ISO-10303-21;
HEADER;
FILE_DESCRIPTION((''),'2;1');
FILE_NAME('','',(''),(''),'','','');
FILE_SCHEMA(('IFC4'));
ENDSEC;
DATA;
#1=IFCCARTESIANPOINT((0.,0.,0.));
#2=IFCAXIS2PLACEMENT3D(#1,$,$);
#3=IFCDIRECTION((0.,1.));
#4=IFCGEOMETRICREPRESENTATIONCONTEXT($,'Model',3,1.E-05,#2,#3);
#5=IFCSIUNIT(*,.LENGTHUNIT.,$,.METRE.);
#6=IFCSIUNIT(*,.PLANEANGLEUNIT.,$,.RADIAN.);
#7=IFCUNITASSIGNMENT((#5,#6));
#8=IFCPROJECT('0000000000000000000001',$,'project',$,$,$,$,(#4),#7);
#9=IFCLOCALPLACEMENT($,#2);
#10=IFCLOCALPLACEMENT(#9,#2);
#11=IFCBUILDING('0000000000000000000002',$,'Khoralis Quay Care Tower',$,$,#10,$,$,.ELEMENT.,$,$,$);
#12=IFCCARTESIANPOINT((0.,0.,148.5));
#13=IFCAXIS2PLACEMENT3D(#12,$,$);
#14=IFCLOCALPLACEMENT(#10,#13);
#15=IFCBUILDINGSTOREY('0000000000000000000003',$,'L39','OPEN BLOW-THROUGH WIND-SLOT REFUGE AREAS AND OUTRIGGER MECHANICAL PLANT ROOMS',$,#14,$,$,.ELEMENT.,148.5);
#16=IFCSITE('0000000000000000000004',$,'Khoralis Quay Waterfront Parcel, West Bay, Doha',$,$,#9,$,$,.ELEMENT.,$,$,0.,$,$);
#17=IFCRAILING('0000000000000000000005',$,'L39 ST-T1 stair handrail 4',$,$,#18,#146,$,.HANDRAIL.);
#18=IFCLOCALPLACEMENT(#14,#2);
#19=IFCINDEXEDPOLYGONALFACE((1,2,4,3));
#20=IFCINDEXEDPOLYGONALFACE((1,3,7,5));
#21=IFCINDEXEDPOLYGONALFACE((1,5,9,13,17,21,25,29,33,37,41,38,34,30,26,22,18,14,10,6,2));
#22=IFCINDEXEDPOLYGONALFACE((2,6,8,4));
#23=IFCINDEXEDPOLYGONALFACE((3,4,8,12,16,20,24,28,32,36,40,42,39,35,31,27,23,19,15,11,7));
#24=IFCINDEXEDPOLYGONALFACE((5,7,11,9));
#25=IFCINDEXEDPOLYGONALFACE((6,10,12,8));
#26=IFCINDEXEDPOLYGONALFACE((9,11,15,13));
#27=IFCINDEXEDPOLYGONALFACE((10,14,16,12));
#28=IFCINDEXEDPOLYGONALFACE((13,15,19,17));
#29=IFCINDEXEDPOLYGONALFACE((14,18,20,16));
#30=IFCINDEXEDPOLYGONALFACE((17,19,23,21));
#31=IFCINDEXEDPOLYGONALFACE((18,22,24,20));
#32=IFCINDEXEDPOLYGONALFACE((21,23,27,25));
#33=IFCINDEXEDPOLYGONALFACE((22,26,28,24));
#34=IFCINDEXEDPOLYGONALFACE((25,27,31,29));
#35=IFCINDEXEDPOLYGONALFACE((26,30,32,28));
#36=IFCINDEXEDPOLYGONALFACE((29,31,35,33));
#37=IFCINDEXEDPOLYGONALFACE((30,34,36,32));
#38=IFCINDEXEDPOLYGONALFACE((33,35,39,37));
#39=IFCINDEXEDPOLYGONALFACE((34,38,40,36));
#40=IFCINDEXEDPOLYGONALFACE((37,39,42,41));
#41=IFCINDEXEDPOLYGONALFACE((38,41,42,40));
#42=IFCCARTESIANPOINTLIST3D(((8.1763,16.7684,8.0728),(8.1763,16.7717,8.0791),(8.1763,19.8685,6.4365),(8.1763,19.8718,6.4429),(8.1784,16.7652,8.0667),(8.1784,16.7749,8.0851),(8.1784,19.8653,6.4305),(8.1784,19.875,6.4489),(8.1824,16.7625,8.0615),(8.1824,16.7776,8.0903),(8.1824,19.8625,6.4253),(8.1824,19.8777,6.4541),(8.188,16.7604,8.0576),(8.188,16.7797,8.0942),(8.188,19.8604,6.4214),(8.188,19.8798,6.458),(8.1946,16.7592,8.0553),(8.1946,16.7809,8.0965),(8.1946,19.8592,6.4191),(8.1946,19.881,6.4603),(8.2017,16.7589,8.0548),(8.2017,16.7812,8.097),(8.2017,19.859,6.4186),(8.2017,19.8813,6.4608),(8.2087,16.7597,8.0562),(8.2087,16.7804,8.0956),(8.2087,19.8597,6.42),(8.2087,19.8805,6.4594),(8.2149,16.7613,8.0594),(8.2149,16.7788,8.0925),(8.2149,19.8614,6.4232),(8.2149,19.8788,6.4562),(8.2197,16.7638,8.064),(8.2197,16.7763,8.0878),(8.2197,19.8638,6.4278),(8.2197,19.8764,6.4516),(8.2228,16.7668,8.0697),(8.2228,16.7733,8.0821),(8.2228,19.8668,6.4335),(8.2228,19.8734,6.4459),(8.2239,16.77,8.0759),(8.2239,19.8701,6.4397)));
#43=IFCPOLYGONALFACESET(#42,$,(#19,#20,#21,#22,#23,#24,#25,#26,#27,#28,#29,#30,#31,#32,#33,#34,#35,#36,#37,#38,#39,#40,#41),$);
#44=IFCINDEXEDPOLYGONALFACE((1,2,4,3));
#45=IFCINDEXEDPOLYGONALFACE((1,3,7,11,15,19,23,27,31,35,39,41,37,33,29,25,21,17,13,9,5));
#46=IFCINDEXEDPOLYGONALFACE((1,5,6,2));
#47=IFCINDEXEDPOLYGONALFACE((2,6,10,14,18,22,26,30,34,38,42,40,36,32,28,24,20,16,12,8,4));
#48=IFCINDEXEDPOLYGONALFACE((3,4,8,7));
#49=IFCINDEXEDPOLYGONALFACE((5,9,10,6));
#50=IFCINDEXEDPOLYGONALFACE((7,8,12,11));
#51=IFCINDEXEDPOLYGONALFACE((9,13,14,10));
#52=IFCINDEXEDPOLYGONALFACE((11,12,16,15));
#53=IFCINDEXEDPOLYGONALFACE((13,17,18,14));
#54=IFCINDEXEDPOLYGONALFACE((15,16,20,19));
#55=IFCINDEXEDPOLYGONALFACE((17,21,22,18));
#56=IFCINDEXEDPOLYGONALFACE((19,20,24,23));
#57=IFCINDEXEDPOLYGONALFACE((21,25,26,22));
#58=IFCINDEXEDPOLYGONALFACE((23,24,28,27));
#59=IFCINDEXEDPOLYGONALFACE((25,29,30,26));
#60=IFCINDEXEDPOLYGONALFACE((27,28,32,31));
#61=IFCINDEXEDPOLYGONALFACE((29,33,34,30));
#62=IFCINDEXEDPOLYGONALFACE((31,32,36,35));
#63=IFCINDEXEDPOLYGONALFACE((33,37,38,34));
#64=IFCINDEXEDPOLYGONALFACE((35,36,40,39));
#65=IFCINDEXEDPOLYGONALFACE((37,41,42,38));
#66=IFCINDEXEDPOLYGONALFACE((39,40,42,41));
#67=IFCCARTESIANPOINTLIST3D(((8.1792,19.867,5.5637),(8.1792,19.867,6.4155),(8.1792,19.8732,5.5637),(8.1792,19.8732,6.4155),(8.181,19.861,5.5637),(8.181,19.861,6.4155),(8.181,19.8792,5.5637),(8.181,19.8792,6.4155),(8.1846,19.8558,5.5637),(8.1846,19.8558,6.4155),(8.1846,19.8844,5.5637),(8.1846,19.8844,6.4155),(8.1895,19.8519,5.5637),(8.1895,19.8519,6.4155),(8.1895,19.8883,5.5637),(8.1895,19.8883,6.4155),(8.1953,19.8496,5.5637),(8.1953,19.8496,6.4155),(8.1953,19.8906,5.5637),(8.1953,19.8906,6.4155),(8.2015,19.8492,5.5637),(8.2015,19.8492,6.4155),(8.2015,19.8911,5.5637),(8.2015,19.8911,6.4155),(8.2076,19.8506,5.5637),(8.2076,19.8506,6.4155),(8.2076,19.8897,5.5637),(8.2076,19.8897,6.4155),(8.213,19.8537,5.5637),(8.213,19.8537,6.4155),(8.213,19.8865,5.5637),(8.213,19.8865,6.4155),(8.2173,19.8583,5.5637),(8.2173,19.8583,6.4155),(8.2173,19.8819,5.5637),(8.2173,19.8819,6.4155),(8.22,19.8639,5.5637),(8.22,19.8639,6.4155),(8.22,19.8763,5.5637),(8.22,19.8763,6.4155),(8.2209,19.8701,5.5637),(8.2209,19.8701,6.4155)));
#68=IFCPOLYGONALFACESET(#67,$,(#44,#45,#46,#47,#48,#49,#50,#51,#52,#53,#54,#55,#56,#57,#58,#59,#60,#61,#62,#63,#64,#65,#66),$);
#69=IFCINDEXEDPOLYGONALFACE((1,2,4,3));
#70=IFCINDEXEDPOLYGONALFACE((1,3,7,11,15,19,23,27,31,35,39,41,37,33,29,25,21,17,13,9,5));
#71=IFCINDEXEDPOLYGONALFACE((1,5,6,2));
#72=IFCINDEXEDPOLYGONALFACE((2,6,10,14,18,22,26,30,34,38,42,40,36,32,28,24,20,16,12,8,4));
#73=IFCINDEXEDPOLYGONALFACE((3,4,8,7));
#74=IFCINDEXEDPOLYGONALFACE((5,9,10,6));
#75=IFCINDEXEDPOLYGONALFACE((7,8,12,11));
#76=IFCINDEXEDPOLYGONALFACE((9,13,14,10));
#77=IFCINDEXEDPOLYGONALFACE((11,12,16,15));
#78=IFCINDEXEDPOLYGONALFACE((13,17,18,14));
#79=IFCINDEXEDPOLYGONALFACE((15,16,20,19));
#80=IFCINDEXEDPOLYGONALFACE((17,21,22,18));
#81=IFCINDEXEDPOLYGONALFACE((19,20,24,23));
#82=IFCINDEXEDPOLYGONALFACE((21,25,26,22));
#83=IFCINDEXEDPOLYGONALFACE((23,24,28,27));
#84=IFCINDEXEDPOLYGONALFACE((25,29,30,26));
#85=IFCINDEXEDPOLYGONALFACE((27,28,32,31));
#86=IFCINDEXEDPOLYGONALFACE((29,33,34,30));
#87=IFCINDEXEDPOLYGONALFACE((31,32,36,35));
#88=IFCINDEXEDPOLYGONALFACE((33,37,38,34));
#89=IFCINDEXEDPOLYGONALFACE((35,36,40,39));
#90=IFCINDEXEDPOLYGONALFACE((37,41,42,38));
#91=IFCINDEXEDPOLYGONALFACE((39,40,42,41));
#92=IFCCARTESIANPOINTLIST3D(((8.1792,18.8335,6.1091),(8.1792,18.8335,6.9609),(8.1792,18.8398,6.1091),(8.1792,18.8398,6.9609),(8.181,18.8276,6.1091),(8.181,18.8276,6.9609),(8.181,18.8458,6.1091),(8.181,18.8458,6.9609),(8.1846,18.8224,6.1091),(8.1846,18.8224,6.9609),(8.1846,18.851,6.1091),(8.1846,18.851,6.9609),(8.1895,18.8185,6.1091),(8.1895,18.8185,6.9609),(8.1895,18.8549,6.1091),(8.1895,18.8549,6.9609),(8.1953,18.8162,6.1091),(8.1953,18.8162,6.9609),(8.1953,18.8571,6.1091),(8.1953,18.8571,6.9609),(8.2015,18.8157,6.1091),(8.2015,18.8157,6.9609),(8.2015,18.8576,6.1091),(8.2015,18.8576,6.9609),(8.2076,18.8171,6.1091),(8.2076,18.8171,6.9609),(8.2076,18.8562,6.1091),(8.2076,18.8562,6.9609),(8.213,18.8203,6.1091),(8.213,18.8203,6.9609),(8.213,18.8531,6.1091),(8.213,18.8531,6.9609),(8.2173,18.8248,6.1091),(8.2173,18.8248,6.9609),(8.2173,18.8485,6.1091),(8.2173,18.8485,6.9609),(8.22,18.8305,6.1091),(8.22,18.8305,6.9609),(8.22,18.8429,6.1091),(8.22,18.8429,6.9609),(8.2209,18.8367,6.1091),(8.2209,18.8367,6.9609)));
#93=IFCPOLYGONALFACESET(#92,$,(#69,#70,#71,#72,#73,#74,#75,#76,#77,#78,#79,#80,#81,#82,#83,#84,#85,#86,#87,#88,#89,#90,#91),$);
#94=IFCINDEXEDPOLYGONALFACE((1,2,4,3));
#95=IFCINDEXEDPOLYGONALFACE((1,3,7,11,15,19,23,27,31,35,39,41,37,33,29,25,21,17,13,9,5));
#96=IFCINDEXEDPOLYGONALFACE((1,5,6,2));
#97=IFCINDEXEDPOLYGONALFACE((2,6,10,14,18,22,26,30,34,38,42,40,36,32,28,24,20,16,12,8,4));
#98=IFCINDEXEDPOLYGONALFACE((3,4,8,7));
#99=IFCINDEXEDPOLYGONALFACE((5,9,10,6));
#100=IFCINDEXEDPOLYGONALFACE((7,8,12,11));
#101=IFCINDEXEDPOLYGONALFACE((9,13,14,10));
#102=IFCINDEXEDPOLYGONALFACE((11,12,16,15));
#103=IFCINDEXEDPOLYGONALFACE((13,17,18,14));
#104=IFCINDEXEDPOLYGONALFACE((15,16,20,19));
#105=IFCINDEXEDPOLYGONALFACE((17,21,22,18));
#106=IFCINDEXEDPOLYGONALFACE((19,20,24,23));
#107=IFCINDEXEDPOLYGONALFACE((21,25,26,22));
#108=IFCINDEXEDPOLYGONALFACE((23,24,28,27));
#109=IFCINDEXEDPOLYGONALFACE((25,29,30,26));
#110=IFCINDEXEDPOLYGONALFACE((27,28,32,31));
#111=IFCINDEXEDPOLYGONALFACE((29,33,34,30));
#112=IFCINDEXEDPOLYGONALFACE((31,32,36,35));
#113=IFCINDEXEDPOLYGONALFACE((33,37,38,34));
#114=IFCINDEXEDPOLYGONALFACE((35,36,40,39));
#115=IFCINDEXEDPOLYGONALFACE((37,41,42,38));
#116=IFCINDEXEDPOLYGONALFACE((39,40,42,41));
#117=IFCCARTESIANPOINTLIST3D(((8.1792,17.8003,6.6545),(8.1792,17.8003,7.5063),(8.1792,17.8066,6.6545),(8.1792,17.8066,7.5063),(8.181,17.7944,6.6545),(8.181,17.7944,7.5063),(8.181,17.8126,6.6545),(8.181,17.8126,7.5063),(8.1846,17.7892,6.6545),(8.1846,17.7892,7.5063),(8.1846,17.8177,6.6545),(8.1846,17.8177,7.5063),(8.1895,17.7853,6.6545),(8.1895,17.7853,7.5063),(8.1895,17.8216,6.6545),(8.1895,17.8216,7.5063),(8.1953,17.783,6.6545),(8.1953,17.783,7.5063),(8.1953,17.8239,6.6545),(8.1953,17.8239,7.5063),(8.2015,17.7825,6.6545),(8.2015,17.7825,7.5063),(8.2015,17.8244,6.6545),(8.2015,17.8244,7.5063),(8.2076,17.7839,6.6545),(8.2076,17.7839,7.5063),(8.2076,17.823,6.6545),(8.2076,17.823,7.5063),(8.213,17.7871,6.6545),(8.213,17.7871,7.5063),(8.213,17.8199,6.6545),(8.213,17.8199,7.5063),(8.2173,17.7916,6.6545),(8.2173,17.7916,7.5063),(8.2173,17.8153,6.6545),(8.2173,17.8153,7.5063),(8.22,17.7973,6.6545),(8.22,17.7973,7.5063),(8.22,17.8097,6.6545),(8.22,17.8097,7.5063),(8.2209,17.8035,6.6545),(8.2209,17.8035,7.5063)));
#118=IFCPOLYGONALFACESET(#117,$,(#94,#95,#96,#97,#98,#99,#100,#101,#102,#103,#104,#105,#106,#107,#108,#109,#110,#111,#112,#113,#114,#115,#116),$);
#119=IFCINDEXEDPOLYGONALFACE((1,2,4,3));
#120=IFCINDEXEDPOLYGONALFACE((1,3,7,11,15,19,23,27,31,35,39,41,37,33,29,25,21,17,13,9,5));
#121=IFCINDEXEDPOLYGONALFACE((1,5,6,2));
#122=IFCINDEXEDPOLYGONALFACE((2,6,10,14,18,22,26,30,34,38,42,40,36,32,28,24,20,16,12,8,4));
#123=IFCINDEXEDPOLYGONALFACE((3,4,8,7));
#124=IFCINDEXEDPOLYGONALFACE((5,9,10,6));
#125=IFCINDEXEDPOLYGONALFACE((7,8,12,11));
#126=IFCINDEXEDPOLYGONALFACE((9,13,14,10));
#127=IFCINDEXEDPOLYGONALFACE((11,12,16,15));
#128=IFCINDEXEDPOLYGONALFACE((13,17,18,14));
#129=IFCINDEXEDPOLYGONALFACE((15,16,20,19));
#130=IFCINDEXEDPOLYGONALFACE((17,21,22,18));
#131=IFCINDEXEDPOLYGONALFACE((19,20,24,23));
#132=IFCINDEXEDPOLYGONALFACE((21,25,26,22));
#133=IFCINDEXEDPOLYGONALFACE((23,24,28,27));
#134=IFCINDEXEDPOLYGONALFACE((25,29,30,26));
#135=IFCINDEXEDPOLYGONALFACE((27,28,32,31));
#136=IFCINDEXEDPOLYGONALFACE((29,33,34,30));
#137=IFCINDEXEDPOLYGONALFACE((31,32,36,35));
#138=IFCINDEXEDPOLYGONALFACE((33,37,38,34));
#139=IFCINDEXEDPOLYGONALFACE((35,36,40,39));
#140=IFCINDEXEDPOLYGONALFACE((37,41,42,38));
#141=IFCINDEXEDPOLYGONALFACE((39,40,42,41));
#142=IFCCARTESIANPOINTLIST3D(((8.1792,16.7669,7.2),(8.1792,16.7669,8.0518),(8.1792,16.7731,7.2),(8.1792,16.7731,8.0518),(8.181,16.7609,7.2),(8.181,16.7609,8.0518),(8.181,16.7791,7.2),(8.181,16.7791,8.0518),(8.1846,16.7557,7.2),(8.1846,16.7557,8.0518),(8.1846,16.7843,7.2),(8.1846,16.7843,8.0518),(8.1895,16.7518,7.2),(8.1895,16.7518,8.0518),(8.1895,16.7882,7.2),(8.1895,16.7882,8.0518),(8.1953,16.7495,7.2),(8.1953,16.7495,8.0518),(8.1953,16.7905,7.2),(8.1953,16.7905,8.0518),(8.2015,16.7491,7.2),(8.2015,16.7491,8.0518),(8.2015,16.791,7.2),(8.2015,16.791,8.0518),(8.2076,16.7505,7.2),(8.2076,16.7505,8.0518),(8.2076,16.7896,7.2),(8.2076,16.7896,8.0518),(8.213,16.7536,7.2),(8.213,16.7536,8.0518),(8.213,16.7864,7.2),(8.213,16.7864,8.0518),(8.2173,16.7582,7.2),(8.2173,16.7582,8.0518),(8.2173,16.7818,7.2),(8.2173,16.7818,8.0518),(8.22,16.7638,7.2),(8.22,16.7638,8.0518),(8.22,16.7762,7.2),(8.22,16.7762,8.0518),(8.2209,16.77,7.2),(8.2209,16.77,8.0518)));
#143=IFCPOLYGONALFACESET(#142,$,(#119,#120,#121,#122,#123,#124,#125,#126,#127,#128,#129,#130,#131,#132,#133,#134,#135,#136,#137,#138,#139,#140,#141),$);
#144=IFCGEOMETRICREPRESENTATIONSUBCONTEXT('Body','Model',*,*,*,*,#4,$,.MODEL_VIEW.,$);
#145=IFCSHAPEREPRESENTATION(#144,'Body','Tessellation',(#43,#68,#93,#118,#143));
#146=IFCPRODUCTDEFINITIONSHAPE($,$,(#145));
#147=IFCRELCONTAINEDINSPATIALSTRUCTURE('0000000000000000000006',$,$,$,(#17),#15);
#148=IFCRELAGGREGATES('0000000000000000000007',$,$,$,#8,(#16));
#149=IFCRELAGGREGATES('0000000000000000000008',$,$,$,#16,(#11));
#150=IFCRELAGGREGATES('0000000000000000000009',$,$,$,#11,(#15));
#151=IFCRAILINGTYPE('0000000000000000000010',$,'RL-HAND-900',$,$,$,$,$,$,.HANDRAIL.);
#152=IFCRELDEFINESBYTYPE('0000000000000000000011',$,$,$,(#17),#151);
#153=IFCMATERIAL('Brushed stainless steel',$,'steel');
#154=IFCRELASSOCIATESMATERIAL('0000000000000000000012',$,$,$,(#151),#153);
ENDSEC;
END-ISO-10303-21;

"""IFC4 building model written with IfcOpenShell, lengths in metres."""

from ifc_helpers import new_model, si_unit, direction, frame, origin, origin_2d, place, context, subcontext, project, spatial, circle, extrude, material, type_object, element, save


model = new_model("IFC4")

# Units and contexts
model_context = context("Model", 3, precision=1e-05, world=origin(), true_north=direction((0.0, 1.0)))
body_context = subcontext(model_context, "Body", "Model", "MODEL_VIEW")
ifc_project = project(units=[si_unit("LENGTHUNIT", "METRE"), si_unit("PLANEANGLEUNIT", "RADIAN")], contexts=[model_context])

# Site, building, storey
site_placement = place(None, origin())
site = spatial("IfcSite", under=ifc_project, at=site_placement, Name="Khoralis Quay Waterfront Parcel, West Bay, Doha", CompositionType="ELEMENT", RefElevation=0.0)
building_placement = place(site_placement, origin())
building = spatial("IfcBuilding", under=site, at=building_placement, Name="Khoralis Quay Care Tower", CompositionType="ELEMENT")
storey_placement = place(building_placement, frame((0.0, 0.0, 148.5)))
storey = spatial("IfcBuildingStorey", under=building, at=storey_placement, Name="L39", Description="OPEN BLOW-THROUGH WIND-SLOT REFUGE AREAS AND OUTRIGGER MECHANICAL PLANT ROOMS", CompositionType="ELEMENT", Elevation=148.5)

# Railing
ifc_material_1 = material(Name="Brushed stainless steel", Category="steel")
railing_type_1 = type_object("IfcRailingType", Name="RL-HAND-900", PredefinedType="HANDRAIL", material=ifc_material_1)
railing_1_placement = place(storey_placement, frame((8.2, 19.8701, 5.5637)))
element("IfcRailing", 1, at=railing_1_placement, inside=storey, type_object=railing_type_1, Name="L39 ST-T1 stair handrail 4", PredefinedType="HANDRAIL", context=body_context, shape_type="SweptSolid", body=[
    extrude(circle(Radius=0.0239, at=origin_2d()), frame((0.0, 0.0, 0.876), z_axis=(0.0, -0.884377, 0.466774), x_axis=(1.0, 0.0, 0.0)), (0.0, 0.0, 1.0), 3.5054),
    extrude(circle(Radius=0.021, at=origin_2d()), origin(), (0.0, 0.0, 1.0), 0.8518),
    extrude(circle(Radius=0.021, at=origin_2d()), frame((0.0, -1.0334, 0.5454)), (0.0, 0.0, 1.0), 0.8518),
    extrude(circle(Radius=0.021, at=origin_2d()), frame((0.0, -2.0667, 1.0908)), (0.0, 0.0, 1.0), 0.8518),
    extrude(circle(Radius=0.021, at=origin_2d()), frame((0.0, -3.1001, 1.6362)), (0.0, 0.0, 1.0), 0.8518),
])

save(model, "model.ifc")
